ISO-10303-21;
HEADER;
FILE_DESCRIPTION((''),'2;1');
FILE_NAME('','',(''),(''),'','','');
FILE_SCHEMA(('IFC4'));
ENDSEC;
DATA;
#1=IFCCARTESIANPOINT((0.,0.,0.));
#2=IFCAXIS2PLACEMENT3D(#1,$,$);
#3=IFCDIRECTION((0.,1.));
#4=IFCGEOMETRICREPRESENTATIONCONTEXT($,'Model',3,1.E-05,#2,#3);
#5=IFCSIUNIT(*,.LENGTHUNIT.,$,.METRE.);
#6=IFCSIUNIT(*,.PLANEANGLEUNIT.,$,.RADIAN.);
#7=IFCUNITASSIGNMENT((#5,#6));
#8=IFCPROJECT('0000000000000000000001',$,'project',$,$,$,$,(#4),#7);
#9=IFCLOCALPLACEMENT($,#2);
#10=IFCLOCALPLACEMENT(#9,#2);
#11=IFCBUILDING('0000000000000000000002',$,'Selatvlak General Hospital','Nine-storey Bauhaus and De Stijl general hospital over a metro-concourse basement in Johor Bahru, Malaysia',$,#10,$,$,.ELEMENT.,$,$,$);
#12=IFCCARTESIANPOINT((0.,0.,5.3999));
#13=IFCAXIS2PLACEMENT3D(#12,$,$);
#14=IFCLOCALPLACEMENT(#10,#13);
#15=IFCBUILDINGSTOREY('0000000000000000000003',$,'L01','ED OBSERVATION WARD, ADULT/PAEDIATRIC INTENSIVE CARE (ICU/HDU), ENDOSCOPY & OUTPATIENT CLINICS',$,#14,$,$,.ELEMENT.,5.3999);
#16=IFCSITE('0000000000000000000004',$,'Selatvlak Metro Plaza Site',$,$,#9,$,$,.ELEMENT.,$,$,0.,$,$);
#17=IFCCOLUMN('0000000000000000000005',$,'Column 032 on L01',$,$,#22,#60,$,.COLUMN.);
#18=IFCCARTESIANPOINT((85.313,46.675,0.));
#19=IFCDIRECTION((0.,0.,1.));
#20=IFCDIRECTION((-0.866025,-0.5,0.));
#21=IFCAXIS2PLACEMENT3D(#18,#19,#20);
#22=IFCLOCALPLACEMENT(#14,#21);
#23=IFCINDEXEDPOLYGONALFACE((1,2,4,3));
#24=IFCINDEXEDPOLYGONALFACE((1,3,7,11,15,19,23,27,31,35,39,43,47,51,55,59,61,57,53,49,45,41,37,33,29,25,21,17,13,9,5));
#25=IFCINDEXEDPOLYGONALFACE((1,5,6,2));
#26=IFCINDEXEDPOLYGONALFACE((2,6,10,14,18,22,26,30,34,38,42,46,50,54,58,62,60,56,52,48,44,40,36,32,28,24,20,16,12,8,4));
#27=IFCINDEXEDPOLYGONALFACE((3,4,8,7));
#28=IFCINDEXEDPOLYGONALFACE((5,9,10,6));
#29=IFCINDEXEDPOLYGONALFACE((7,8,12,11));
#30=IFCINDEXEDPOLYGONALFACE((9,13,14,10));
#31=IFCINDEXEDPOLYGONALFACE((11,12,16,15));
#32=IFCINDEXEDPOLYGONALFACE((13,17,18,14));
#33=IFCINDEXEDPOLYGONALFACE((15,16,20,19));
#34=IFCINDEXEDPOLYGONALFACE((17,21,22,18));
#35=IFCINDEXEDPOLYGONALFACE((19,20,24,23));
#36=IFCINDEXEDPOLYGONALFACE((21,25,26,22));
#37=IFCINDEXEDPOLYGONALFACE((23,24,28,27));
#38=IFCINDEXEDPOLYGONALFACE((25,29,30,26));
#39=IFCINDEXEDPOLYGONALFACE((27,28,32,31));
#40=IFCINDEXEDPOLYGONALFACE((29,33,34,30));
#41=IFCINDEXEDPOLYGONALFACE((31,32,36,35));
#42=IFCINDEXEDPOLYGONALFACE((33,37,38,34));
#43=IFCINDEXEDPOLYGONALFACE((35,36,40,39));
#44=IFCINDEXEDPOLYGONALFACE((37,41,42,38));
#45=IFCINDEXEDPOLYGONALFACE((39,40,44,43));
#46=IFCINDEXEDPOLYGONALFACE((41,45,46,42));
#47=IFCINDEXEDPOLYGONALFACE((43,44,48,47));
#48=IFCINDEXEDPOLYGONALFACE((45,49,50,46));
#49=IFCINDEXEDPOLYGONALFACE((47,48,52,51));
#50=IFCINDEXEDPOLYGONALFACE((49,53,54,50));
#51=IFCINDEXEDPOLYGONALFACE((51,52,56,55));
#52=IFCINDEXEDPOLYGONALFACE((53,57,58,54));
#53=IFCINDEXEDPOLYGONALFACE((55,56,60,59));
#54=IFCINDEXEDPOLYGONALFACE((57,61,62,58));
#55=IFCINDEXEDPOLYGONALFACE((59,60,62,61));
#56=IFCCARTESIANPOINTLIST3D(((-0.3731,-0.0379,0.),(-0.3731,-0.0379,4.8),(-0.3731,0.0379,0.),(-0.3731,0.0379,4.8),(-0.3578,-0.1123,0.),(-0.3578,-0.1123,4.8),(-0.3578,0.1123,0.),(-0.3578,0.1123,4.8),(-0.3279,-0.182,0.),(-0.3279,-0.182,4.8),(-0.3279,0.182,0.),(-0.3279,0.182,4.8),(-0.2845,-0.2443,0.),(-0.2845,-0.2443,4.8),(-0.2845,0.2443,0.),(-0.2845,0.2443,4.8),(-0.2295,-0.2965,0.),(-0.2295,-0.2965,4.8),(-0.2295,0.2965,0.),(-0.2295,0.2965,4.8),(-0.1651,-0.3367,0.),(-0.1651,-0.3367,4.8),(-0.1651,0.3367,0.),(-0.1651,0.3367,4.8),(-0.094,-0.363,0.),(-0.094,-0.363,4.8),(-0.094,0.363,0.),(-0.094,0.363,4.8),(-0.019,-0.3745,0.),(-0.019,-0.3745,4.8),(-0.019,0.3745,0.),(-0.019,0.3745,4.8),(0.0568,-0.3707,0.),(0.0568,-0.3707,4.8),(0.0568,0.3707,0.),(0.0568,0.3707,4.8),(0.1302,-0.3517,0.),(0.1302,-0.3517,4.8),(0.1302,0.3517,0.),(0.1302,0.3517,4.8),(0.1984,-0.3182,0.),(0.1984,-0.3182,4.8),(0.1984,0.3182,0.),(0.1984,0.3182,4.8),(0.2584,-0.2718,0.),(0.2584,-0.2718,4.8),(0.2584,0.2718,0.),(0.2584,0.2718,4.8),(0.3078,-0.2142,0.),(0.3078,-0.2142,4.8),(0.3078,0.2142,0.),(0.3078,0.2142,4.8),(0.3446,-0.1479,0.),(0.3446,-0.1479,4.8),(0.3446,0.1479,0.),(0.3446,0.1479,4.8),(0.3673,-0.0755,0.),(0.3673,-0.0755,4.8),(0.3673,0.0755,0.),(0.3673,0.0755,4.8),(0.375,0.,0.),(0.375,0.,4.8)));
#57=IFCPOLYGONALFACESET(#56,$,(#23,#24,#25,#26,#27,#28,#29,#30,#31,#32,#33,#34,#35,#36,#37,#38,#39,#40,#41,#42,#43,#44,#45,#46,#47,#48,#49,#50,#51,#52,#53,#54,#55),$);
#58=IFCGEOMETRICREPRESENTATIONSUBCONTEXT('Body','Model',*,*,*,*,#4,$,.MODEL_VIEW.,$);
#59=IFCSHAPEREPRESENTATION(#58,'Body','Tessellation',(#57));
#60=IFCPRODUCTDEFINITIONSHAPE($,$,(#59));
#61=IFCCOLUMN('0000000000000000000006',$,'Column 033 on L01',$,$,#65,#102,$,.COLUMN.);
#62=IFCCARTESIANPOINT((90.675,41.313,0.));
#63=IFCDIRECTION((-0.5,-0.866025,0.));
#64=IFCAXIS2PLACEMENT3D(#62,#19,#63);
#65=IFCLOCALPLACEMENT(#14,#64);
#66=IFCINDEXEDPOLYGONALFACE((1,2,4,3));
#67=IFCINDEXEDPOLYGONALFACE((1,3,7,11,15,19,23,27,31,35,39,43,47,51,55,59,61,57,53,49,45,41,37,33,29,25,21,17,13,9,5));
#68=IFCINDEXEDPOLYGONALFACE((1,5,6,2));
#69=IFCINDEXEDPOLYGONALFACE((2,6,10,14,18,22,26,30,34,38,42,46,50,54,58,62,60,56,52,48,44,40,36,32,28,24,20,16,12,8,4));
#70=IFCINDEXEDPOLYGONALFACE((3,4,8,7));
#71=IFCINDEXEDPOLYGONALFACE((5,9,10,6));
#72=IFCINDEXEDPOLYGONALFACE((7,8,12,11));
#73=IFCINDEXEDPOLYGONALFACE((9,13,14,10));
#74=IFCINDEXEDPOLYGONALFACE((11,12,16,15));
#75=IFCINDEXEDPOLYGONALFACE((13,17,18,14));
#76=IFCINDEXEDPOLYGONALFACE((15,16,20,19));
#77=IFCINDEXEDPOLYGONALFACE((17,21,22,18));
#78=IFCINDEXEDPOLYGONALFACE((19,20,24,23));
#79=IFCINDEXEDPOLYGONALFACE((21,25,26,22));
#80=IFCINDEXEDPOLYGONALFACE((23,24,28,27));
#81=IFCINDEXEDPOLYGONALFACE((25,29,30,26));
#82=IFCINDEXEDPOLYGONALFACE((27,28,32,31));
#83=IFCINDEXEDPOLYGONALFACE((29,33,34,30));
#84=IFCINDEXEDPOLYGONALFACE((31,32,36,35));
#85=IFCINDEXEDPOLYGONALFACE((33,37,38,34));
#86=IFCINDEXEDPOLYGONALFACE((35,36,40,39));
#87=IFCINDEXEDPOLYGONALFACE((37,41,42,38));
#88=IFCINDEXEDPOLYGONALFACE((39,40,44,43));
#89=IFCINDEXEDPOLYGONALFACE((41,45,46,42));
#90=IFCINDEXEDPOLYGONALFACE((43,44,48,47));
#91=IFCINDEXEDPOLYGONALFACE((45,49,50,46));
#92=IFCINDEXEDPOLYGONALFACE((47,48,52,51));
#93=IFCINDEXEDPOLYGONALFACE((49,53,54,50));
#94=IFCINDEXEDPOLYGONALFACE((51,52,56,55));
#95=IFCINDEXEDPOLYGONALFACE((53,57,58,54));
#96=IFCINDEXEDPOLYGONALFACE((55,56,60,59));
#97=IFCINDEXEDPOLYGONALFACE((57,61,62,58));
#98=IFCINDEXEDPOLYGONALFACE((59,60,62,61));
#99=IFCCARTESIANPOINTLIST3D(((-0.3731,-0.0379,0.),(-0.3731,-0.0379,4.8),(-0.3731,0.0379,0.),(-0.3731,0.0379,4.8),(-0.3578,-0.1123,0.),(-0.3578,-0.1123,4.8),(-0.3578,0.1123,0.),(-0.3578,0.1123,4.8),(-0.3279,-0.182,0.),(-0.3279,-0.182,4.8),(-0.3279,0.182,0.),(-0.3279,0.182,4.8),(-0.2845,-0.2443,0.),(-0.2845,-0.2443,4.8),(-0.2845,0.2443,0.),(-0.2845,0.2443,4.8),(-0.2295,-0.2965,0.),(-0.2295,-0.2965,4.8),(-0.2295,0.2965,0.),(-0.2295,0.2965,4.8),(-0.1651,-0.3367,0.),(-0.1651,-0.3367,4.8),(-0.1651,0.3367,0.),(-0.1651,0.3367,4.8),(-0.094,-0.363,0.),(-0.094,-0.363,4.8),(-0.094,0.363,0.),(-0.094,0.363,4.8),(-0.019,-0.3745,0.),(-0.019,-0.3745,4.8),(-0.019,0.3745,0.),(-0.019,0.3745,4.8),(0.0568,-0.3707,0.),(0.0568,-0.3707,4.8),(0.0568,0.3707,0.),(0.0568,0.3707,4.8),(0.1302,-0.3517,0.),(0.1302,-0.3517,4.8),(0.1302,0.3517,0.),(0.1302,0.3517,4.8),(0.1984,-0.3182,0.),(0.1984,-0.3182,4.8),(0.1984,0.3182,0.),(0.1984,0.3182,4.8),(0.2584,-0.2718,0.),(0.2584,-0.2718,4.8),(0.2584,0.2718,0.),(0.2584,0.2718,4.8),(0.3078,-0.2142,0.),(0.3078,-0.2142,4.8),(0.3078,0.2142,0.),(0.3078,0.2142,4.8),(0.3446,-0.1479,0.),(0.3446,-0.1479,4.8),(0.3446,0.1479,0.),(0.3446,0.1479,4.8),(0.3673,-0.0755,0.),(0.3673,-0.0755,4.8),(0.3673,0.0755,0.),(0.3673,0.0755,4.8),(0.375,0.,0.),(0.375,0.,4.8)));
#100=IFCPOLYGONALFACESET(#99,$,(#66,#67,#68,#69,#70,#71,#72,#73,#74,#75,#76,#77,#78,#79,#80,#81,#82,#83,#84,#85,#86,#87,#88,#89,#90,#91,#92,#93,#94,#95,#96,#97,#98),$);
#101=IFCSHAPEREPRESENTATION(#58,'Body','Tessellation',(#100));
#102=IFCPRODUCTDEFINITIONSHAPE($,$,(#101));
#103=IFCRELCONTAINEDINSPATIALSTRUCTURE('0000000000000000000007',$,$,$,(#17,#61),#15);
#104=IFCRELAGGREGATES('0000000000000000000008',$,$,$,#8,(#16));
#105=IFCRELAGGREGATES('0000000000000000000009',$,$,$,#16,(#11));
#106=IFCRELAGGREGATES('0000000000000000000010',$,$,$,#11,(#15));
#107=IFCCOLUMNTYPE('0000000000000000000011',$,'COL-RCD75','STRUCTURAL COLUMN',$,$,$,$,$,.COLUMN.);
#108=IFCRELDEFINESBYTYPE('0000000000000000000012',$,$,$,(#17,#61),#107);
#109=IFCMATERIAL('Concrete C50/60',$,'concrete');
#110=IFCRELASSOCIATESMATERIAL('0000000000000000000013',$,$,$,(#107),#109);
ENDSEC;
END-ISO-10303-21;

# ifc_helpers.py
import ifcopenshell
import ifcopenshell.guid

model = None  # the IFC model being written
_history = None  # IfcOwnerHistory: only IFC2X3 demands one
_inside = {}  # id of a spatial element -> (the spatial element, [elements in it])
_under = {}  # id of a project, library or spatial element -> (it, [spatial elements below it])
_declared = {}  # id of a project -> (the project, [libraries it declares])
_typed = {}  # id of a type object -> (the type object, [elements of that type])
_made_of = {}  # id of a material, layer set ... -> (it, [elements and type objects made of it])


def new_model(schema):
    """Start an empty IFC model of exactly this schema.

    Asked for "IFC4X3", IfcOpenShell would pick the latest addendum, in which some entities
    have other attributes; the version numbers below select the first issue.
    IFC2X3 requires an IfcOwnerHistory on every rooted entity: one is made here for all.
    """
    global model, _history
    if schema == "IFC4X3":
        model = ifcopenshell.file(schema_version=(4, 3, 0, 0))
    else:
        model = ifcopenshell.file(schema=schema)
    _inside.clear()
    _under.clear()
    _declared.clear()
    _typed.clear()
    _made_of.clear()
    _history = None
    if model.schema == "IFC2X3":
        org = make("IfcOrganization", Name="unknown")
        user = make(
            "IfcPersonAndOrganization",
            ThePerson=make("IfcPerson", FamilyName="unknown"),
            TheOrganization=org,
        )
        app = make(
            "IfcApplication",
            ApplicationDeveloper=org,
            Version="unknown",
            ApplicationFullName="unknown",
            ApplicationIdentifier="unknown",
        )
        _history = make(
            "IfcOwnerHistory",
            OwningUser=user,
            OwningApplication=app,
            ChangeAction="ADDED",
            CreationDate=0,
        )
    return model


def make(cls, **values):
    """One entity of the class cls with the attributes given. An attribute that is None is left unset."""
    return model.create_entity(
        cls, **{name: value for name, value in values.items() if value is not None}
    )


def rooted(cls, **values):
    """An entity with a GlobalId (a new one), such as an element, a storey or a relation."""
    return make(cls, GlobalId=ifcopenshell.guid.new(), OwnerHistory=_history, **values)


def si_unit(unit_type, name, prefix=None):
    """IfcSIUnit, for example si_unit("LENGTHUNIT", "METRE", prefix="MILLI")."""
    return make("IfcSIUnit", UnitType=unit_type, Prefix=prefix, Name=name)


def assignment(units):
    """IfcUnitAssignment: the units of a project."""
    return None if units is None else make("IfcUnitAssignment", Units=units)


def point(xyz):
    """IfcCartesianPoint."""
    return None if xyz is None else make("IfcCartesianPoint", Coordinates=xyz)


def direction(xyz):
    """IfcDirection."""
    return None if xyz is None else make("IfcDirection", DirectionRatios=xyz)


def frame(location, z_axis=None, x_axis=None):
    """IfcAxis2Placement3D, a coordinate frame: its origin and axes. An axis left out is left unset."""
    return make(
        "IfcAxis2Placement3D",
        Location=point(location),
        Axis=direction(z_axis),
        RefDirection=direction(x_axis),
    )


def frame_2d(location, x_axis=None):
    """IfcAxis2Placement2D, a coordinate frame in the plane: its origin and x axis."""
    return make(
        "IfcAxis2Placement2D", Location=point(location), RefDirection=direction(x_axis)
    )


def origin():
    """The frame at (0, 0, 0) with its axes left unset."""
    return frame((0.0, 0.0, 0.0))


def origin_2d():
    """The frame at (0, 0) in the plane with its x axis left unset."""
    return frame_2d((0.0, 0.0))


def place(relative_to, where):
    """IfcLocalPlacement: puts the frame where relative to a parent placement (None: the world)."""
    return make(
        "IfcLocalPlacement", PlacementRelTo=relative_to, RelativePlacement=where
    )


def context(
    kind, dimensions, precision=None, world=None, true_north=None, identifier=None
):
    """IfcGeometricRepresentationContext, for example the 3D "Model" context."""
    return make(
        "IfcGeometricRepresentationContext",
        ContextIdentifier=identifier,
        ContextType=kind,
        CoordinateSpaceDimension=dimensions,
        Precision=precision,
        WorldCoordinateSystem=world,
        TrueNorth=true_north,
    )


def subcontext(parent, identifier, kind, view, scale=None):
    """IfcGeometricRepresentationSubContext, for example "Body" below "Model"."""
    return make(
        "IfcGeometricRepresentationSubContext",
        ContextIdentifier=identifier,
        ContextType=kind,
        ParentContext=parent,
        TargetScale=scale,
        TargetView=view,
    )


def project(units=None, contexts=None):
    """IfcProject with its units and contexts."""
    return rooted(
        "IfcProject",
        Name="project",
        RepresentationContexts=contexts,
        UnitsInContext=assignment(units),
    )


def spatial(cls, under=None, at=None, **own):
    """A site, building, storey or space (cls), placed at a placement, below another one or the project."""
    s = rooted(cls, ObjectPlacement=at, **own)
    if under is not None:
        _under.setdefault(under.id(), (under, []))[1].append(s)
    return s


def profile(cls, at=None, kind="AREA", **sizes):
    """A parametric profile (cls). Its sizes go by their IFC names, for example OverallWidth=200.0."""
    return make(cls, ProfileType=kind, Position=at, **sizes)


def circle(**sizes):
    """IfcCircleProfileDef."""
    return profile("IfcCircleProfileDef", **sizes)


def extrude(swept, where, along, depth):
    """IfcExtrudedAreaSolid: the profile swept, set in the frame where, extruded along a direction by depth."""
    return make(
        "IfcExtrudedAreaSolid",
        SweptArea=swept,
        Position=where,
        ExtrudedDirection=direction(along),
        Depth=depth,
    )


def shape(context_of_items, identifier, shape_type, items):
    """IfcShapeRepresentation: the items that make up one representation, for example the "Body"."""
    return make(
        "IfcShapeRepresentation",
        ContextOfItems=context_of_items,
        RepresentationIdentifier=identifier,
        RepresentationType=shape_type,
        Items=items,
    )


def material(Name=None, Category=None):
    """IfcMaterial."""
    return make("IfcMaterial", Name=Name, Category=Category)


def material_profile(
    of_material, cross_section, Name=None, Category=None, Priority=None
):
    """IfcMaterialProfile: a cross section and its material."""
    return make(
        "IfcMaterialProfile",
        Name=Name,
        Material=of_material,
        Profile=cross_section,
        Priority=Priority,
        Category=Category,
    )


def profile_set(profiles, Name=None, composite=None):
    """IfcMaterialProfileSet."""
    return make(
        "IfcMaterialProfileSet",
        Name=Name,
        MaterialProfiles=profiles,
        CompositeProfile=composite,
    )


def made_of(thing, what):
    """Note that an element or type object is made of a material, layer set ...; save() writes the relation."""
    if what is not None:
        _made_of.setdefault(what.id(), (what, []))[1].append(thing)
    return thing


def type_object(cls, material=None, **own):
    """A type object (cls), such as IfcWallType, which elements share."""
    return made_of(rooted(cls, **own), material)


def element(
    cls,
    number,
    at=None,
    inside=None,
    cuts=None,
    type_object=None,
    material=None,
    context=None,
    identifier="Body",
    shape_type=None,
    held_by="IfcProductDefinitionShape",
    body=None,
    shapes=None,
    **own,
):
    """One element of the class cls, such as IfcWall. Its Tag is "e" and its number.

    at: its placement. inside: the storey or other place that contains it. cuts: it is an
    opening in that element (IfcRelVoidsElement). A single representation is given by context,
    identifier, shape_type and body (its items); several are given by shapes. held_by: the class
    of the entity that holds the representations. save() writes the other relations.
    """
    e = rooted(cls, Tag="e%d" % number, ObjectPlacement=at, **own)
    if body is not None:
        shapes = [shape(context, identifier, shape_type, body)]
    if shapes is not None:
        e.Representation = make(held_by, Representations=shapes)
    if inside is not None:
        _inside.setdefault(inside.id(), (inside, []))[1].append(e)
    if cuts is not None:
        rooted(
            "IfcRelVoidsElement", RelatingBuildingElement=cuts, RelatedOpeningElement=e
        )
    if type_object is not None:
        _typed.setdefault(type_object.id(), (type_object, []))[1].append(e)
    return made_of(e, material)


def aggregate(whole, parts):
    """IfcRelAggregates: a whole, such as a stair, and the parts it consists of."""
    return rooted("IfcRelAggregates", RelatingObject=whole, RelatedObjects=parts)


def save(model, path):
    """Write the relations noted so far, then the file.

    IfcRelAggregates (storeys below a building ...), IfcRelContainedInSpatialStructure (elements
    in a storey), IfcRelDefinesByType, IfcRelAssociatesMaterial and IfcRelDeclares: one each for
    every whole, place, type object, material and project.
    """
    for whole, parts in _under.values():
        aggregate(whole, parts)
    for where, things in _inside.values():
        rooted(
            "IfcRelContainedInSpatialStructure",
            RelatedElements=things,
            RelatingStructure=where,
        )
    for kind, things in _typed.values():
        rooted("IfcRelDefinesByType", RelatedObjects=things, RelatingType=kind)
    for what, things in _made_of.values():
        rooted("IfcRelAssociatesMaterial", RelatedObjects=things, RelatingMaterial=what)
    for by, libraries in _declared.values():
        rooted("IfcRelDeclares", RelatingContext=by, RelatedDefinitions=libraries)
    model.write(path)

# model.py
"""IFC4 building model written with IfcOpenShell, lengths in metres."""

from ifc_helpers import new_model, si_unit, direction, frame, origin, origin_2d, place, context, subcontext, project, spatial, circle, extrude, material, material_profile, profile_set, type_object, element, save


model = new_model("IFC4")

# Units and contexts
model_context = context("Model", 3, precision=1e-05, world=origin(), true_north=direction((0.0, 1.0)))
body_context = subcontext(model_context, "Body", "Model", "MODEL_VIEW")
ifc_project = project(units=[si_unit("LENGTHUNIT", "METRE"), si_unit("PLANEANGLEUNIT", "RADIAN")], contexts=[model_context])

# Site, building, storey
site_placement = place(None, origin())
site = spatial("IfcSite", under=ifc_project, at=site_placement, Name="Selatvlak Metro Plaza Site", CompositionType="ELEMENT", RefElevation=0.0)
building_placement = place(site_placement, origin())
building = spatial("IfcBuilding", under=site, at=building_placement, Name="Selatvlak General Hospital", Description="Nine-storey Bauhaus and De Stijl general hospital over a metro-concourse basement in Johor Bahru, Malaysia", CompositionType="ELEMENT")
storey_placement = place(building_placement, frame((0.0, 0.0, 5.3999)))
storey = spatial("IfcBuildingStorey", under=building, at=storey_placement, Name="L01", Description="ED OBSERVATION WARD, ADULT/PAEDIATRIC INTENSIVE CARE (ICU/HDU), ENDOSCOPY & OUTPATIENT CLINICS", CompositionType="ELEMENT", Elevation=5.3999)

# Columns
ifc_material_1 = material(Name="Concrete C50/60", Category="concrete")
ifc_material_profile_1 = material_profile(ifc_material_1, circle(Radius=0.375, at=origin_2d()), Name="RC-COL D750")
ifc_profile_set_1 = profile_set([ifc_material_profile_1], Name="Concrete C50/60")
column_type = type_object("IfcColumnType", Name="COL-RCD75", Description="STRUCTURAL COLUMN", PredefinedType="COLUMN", material=ifc_profile_set_1)
for number, where, z_axis, x_axis, name in (
    (1, (85.313, 46.675, 0.0), (0.0, 0.0, 1.0), (-0.866025, -0.5, 0.0), "Column 032 on L01"),
    (2, (90.675, 41.313, 0.0), (0.0, 0.0, 1.0), (-0.5, -0.866025, 0.0), "Column 033 on L01"),
):
    element("IfcColumn", number, at=place(storey_placement, frame(where, z_axis=z_axis, x_axis=x_axis)), inside=storey, type_object=column_type, Name=name, PredefinedType="COLUMN", context=body_context, shape_type="SweptSolid", body=[
        extrude(circle(Radius=0.375, at=origin_2d()), origin(), (0.0, 0.0, 1.0), 4.8),
    ])

save(model, "model.ifc")
